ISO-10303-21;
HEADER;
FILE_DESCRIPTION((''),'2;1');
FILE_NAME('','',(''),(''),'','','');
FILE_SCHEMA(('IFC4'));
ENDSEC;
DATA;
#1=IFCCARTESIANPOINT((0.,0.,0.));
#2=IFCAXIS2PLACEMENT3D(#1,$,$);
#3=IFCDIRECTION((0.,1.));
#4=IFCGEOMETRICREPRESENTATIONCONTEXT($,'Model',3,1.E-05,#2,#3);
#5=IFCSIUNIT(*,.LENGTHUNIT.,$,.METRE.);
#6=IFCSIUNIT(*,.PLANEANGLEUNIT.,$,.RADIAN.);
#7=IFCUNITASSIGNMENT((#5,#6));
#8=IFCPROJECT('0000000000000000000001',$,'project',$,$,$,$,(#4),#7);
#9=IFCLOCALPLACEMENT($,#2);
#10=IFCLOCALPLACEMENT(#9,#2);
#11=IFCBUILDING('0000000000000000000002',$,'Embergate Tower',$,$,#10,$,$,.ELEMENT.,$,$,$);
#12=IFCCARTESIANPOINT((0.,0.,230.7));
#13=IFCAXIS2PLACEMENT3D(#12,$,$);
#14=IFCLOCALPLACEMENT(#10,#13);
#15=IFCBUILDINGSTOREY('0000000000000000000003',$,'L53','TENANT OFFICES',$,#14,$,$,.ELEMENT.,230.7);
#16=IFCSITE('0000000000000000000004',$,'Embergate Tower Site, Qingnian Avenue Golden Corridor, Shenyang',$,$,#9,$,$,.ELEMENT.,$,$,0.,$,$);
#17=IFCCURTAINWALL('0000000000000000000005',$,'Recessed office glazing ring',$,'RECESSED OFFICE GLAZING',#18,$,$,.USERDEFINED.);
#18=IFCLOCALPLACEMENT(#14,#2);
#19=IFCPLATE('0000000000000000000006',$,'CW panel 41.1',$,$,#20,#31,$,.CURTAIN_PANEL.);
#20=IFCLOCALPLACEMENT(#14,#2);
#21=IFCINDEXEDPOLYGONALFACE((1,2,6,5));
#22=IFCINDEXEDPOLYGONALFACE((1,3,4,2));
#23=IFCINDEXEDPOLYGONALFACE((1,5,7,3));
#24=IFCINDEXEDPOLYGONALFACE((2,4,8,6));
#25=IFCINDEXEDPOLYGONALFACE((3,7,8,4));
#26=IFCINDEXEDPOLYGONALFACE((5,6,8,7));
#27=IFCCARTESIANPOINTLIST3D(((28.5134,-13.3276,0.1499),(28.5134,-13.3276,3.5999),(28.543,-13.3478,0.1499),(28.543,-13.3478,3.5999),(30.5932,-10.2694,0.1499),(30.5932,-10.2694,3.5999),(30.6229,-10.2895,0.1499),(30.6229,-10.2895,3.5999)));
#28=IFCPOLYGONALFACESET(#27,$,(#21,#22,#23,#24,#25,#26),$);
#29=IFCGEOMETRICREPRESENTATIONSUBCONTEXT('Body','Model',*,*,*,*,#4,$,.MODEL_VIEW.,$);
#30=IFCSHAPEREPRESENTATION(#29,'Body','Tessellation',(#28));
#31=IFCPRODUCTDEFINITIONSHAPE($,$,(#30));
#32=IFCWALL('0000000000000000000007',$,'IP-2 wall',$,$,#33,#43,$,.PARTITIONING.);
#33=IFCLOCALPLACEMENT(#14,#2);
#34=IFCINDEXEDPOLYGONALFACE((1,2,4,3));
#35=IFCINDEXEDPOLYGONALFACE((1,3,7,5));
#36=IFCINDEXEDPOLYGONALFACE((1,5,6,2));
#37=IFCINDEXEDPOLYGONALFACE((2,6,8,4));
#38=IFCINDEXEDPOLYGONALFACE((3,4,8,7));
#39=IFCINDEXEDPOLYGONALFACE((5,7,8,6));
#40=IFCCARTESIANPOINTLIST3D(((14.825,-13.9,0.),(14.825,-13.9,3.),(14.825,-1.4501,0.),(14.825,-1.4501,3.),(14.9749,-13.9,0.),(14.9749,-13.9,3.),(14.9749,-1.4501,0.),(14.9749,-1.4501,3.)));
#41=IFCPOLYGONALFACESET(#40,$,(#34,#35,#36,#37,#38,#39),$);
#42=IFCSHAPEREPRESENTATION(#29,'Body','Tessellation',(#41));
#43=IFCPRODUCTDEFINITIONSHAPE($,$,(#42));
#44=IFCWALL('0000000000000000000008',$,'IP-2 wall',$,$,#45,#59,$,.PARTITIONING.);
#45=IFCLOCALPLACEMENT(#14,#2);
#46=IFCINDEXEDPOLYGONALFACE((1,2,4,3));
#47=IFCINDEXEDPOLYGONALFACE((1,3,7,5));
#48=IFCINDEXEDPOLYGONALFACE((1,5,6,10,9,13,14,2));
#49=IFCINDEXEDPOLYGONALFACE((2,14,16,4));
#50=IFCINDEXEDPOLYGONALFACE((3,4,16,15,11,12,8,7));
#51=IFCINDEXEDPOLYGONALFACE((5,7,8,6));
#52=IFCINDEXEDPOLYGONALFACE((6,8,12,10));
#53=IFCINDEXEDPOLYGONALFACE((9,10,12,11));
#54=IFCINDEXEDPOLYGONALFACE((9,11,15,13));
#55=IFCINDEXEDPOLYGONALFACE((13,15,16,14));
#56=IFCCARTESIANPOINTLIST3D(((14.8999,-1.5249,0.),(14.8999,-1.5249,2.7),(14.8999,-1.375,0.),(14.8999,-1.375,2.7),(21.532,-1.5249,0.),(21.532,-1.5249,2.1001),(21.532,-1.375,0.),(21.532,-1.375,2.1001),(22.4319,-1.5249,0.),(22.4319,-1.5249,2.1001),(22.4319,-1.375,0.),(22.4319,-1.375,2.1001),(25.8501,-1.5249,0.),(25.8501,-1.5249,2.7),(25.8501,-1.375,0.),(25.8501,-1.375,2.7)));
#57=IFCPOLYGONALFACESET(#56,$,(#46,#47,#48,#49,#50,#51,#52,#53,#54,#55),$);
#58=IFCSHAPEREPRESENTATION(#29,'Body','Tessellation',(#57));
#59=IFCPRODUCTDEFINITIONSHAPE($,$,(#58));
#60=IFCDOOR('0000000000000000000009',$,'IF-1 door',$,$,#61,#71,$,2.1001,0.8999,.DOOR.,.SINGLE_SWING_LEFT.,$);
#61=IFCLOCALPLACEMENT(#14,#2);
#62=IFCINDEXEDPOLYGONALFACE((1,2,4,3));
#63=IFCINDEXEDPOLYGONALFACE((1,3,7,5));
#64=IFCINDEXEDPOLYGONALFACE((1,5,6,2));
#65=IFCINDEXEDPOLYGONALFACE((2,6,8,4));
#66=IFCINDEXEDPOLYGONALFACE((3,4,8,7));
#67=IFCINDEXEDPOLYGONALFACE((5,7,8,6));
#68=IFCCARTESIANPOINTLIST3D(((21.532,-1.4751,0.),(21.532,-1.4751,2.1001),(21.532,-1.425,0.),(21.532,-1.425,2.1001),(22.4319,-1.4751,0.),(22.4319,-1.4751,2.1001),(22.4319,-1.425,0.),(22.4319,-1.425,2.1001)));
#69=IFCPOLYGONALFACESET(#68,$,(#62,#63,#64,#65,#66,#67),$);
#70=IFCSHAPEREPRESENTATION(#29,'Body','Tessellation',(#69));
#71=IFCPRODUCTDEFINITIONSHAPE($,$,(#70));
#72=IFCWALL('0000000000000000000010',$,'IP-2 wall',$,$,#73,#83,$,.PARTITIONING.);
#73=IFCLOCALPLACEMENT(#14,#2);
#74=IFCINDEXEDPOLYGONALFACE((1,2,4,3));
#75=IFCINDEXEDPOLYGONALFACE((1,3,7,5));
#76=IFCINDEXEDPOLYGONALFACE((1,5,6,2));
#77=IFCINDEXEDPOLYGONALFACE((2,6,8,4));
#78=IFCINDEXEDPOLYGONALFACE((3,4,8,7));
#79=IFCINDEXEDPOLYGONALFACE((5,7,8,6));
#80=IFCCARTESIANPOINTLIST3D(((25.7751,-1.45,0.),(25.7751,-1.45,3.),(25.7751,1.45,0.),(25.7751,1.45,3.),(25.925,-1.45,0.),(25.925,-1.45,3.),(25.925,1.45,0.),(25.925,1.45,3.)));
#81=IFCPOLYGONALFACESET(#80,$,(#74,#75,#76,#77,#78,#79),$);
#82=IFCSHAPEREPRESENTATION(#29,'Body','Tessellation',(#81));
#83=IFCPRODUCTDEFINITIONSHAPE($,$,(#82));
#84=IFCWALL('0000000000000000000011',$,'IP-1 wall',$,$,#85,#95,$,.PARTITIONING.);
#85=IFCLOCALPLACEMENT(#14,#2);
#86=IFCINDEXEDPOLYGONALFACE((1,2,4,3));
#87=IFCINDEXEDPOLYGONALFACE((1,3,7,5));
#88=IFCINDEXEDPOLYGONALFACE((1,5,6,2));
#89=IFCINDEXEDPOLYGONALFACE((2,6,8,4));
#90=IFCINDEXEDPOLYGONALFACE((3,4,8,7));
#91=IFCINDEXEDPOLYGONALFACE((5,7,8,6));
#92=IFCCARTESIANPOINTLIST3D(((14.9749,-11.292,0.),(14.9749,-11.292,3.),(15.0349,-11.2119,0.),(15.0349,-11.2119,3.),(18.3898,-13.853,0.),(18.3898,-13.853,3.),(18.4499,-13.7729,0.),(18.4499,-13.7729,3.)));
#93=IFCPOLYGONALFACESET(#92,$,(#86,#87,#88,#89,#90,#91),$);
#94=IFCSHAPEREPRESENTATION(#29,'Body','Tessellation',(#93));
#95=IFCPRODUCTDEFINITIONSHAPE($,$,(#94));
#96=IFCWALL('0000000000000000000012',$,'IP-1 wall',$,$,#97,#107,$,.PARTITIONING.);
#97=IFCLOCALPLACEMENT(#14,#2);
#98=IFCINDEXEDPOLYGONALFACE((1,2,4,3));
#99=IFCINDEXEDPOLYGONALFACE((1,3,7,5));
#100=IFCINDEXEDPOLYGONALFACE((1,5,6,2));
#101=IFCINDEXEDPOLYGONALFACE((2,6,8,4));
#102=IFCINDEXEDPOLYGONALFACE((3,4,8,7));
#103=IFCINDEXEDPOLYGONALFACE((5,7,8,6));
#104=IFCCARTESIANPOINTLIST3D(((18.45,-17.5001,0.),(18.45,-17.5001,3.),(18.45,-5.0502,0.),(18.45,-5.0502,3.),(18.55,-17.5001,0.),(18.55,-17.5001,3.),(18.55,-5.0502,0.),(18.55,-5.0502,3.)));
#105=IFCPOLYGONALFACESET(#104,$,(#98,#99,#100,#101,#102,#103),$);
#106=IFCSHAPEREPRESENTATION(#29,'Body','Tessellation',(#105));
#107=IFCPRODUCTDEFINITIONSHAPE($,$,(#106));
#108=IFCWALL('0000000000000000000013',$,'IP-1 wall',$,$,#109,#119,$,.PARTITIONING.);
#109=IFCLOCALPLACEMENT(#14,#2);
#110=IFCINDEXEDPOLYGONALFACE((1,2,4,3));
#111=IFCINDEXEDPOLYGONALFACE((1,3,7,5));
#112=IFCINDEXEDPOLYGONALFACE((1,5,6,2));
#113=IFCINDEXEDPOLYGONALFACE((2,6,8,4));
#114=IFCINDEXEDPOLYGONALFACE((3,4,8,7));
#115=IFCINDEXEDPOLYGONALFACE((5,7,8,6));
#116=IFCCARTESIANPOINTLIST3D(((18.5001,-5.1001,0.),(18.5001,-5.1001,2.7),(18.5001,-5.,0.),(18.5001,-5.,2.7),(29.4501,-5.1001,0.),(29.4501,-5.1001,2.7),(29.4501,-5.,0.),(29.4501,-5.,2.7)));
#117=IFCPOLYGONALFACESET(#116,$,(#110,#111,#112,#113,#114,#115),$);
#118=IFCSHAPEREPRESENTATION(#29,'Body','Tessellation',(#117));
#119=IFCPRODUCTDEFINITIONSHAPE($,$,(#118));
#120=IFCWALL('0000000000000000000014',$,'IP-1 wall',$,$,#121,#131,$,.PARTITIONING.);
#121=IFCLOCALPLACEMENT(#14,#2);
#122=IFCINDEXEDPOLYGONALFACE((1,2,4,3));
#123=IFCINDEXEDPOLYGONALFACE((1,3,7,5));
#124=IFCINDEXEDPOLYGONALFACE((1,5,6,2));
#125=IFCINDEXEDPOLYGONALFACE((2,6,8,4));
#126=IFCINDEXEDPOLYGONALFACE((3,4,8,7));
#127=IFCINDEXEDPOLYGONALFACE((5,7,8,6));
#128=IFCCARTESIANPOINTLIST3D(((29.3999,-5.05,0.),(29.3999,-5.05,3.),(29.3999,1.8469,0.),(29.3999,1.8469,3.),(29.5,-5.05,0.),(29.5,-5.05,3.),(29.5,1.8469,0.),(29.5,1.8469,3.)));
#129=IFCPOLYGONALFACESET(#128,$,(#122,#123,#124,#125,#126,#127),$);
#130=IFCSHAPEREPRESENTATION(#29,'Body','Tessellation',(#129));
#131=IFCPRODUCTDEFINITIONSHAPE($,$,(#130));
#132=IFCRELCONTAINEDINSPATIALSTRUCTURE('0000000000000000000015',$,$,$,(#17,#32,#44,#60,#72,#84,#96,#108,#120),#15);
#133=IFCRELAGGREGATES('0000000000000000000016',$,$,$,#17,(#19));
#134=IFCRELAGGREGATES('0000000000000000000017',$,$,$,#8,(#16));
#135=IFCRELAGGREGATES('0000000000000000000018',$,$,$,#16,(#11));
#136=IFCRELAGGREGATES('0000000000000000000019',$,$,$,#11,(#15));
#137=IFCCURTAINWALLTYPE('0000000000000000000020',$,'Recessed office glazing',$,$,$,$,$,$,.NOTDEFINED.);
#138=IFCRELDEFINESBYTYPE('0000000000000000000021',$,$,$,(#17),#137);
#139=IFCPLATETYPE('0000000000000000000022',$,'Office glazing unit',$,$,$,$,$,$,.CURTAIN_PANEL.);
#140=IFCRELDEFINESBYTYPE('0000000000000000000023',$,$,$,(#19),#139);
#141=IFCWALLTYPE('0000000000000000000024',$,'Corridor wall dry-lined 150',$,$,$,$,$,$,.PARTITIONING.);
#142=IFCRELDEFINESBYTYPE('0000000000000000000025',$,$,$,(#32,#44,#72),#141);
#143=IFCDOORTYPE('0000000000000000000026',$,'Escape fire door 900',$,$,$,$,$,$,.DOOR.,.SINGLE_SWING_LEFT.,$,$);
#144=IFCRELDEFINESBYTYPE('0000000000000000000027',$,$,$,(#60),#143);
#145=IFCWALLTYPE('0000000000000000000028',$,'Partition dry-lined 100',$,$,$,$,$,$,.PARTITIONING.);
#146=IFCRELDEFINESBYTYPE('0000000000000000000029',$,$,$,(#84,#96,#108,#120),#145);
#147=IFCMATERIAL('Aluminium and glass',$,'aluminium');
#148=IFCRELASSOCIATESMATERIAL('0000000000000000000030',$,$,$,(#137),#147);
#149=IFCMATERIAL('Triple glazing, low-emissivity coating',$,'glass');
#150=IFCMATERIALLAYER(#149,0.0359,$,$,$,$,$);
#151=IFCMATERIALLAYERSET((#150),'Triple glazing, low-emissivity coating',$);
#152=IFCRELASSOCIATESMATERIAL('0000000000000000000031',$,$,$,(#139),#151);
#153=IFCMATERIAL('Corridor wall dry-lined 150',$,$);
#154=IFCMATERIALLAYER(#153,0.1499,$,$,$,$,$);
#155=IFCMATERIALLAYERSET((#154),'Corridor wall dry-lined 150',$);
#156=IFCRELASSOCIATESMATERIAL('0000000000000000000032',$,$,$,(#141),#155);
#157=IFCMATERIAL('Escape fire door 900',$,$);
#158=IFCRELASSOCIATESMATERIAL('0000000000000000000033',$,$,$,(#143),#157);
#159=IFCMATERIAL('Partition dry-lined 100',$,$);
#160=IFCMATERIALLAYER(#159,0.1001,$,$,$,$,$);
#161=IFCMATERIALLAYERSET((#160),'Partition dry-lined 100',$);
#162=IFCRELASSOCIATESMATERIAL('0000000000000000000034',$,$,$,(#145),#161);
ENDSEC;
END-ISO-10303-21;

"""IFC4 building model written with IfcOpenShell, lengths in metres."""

from ifc_helpers import new_model, si_unit, direction, frame, frame_2d, origin, origin_2d, place, context, subcontext, project, spatial, rectangle, extrude, source, transform, mapped, material, layer, layer_set, type_object, element, fill, aggregate, save


model = new_model("IFC4")

# Units and contexts
model_context = context("Model", 3, precision=1e-05, world=origin(), true_north=direction((0.0, 1.0)))
body_context = subcontext(model_context, "Body", "Model", "MODEL_VIEW")
ifc_project = project(units=[si_unit("LENGTHUNIT", "METRE"), si_unit("PLANEANGLEUNIT", "RADIAN")], contexts=[model_context])

# Site, building, storey
site_placement = place(None, origin())
site = spatial("IfcSite", under=ifc_project, at=site_placement, Name="Embergate Tower Site, Qingnian Avenue Golden Corridor, Shenyang", CompositionType="ELEMENT", RefElevation=0.0)
building_placement = place(site_placement, origin())
building = spatial("IfcBuilding", under=site, at=building_placement, Name="Embergate Tower", CompositionType="ELEMENT")
storey_placement = place(building_placement, frame((0.0, 0.0, 230.7)))
storey = spatial("IfcBuildingStorey", under=building, at=storey_placement, Name="L53", Description="TENANT OFFICES", CompositionType="ELEMENT", Elevation=230.7)

# Curtain wall, plate
ifc_material_1 = material(Name="Aluminium and glass", Category="aluminium")
curtain_wall_type = type_object("IfcCurtainWallType", Name="Recessed office glazing", PredefinedType="NOTDEFINED", material=ifc_material_1)
curtain_wall_placement = place(storey_placement, origin())
curtain_wall = element("IfcCurtainWall", 1, at=curtain_wall_placement, inside=storey, type_object=curtain_wall_type, Name="Recessed office glazing ring", ObjectType="RECESSED OFFICE GLAZING", PredefinedType="USERDEFINED")
ifc_material_2 = material(Name="Triple glazing, low-emissivity coating", Category="glass")
ifc_layer_1 = layer(ifc_material_2, 0.0359)
ifc_layer_set_1 = layer_set([ifc_layer_1], Name="Triple glazing, low-emissivity coating")
plate_type = type_object("IfcPlateType", Name="Office glazing unit", PredefinedType="CURTAIN_PANEL", material=ifc_layer_set_1)
shared_shape_1 = source(origin(), body_context, "Body", "SweptSolid", [
    extrude(rectangle(XDim=3.6985, YDim=0.0359, at=origin_2d()), origin(), (0.0, 0.0, 1.0), 3.45),
])
plate_1_placement = place(storey_placement, frame((29.5681, -11.8086, 0.1499), z_axis=(0.0, 0.0, 1.0), x_axis=(0.562352, 0.826898, 0.0)))
plate_1 = element("IfcPlate", 2, at=plate_1_placement, type_object=plate_type, Name="CW panel 41.1", PredefinedType="CURTAIN_PANEL", context=body_context, shape_type="MappedRepresentation", body=[
    mapped(shared_shape_1, transform((0.0, 0.0, 0.0))),
])
aggregate(curtain_wall, [plate_1])

# Wall
ifc_material_3 = material(Name="Corridor wall dry-lined 150")
ifc_layer_2 = layer(ifc_material_3, 0.1499)
ifc_layer_set_2 = layer_set([ifc_layer_2], Name="Corridor wall dry-lined 150")
wall_type_1 = type_object("IfcWallType", Name="Corridor wall dry-lined 150", PredefinedType="PARTITIONING", material=ifc_layer_set_2)
shared_shape_2 = source(origin(), body_context, "Body", "SweptSolid", [
    extrude(rectangle(XDim=12.45, YDim=0.1499, at=frame_2d((6.2251, 0.0))), origin(), (0.0, 0.0, 1.0), 3.0),
])
wall_1_placement = place(storey_placement, frame((14.8999, -1.45, 0.0), z_axis=(0.0, 0.0, 1.0), x_axis=(0.0, -1.0, 0.0)))
element("IfcWall", 3, at=wall_1_placement, inside=storey, type_object=wall_type_1, Name="IP-2 wall", PredefinedType="PARTITIONING", context=body_context, shape_type="MappedRepresentation", body=[
    mapped(shared_shape_2, transform((0.0, 0.0, 0.0))),
])

# Wall, opening, door
shared_shape_3 = source(origin(), body_context, "Body", "SweptSolid", [
    extrude(rectangle(XDim=10.9502, YDim=0.1499, at=frame_2d((5.4751, 0.0))), origin(), (0.0, 0.0, 1.0), 2.7),
])
wall_2_placement = place(storey_placement, frame((14.8999, -1.45, 0.0), z_axis=(0.0, 0.0, 1.0), x_axis=(1.0, 0.0, 0.0)))
wall_2 = element("IfcWall", 4, at=wall_2_placement, inside=storey, type_object=wall_type_1, Name="IP-2 wall", PredefinedType="PARTITIONING", context=body_context, shape_type="MappedRepresentation", body=[
    mapped(shared_shape_3, transform((0.0, 0.0, 0.0))),
])
shared_shape_4 = source(origin(), body_context, "Body", "SweptSolid", [
    extrude(rectangle(XDim=0.8999, YDim=2.1001, at=frame_2d((0.45, 1.05))), frame((0.0, 0.085, 0.0), z_axis=(0.0, -1.0, 0.0), x_axis=(1.0, 0.0, 0.0)), (0.0, 0.0, 1.0), 0.1699),
])
opening_placement = place(wall_2_placement, frame((6.6321, 0.0, 0.0)))
opening = element("IfcOpeningElement", 5, at=opening_placement, cuts=wall_2, PredefinedType="OPENING", context=body_context, shape_type="MappedRepresentation", body=[
    mapped(shared_shape_4, transform((0.0, 0.0, 0.0))),
])
ifc_material_4 = material(Name="Escape fire door 900")
door_type = type_object("IfcDoorType", Name="Escape fire door 900", OperationType="SINGLE_SWING_LEFT", PredefinedType="DOOR", material=ifc_material_4)
shared_shape_5 = source(origin(), body_context, "Body", "SweptSolid", [
    extrude(rectangle(XDim=0.8999, YDim=2.1001, at=frame_2d((0.45, 1.05))), frame((0.0, 0.0249, 0.0), z_axis=(0.0, -1.0, 0.0), x_axis=(1.0, 0.0, 0.0)), (0.0, 0.0, 1.0), 0.05),
])
door_placement = place(opening_placement, origin())
door = element("IfcDoor", 6, at=door_placement, inside=storey, type_object=door_type, Name="IF-1 door", OperationType="SINGLE_SWING_LEFT", OverallHeight=2.1001, OverallWidth=0.8999, PredefinedType="DOOR", context=body_context, shape_type="MappedRepresentation", body=[
    mapped(shared_shape_5, transform((0.0, 0.0, 0.0))),
])
fill(opening, door)

# Walls
shared_shape_6 = source(origin(), body_context, "Body", "SweptSolid", [
    extrude(rectangle(XDim=2.8999, YDim=0.1499, at=frame_2d((1.45, 0.0))), origin(), (0.0, 0.0, 1.0), 3.0),
])
wall_3_placement = place(storey_placement, frame((25.8501, -1.45, 0.0), z_axis=(0.0, 0.0, 1.0), x_axis=(0.0, 1.0, 0.0)))
element("IfcWall", 7, at=wall_3_placement, inside=storey, type_object=wall_type_1, Name="IP-2 wall", PredefinedType="PARTITIONING", context=body_context, shape_type="MappedRepresentation", body=[
    mapped(shared_shape_6, transform((0.0, 0.0, 0.0))),
])
ifc_material_5 = material(Name="Partition dry-lined 100")
ifc_layer_3 = layer(ifc_material_5, 0.1001)
ifc_layer_set_3 = layer_set([ifc_layer_3], Name="Partition dry-lined 100")
wall_type_2 = type_object("IfcWallType", Name="Partition dry-lined 100", PredefinedType="PARTITIONING", material=ifc_layer_set_3)
shared_shape_7 = source(origin(), body_context, "Body", "SweptSolid", [
    extrude(rectangle(XDim=4.2686, YDim=0.1001, at=frame_2d((2.1343, 0.0))), origin(), (0.0, 0.0, 1.0), 3.0),
])
wall_4_placement = place(storey_placement, frame((15.0049, -11.252, 0.0), z_axis=(0.0, 0.0, 1.0), x_axis=(0.800027, -0.599963, 0.0)))
element("IfcWall", 8, at=wall_4_placement, inside=storey, type_object=wall_type_2, Name="IP-1 wall", PredefinedType="PARTITIONING", context=body_context, shape_type="MappedRepresentation", body=[
    mapped(shared_shape_7, transform((0.0, 0.0, 0.0))),
])
shared_shape_8 = source(origin(), body_context, "Body", "SweptSolid", [
    extrude(rectangle(XDim=12.45, YDim=0.1001, at=frame_2d((6.2251, 0.0))), origin(), (0.0, 0.0, 1.0), 3.0),
])
wall_5_placement = place(storey_placement, frame((18.5, -5.05, 0.0), z_axis=(0.0, 0.0, 1.0), x_axis=(0.0, -1.0, 0.0)))
element("IfcWall", 9, at=wall_5_placement, inside=storey, type_object=wall_type_2, Name="IP-1 wall", PredefinedType="PARTITIONING", context=body_context, shape_type="MappedRepresentation", body=[
    mapped(shared_shape_8, transform((0.0, 0.0, 0.0))),
])
shared_shape_9 = source(origin(), body_context, "Body", "SweptSolid", [
    extrude(rectangle(XDim=10.95, YDim=0.1001, at=frame_2d((5.4751, 0.0))), origin(), (0.0, 0.0, 1.0), 2.7),
])
wall_6_placement = place(storey_placement, frame((18.5, -5.05, 0.0), z_axis=(0.0, 0.0, 1.0), x_axis=(1.0, 0.0, 0.0)))
element("IfcWall", 10, at=wall_6_placement, inside=storey, type_object=wall_type_2, Name="IP-1 wall", PredefinedType="PARTITIONING", context=body_context, shape_type="MappedRepresentation", body=[
    mapped(shared_shape_9, transform((0.0, 0.0, 0.0))),
])
shared_shape_10 = source(origin(), body_context, "Body", "SweptSolid", [
    extrude(rectangle(XDim=6.897, YDim=0.1001, at=frame_2d((3.4485, 0.0))), origin(), (0.0, 0.0, 1.0), 3.0),
])
wall_7_placement = place(storey_placement, frame((29.45, -5.05, 0.0), z_axis=(0.0, 0.0, 1.0), x_axis=(0.0, 1.0, 0.0)))
element("IfcWall", 11, at=wall_7_placement, inside=storey, type_object=wall_type_2, Name="IP-1 wall", PredefinedType="PARTITIONING", context=body_context, shape_type="MappedRepresentation", body=[
    mapped(shared_shape_10, transform((0.0, 0.0, 0.0))),
])

save(model, "model.ifc")
